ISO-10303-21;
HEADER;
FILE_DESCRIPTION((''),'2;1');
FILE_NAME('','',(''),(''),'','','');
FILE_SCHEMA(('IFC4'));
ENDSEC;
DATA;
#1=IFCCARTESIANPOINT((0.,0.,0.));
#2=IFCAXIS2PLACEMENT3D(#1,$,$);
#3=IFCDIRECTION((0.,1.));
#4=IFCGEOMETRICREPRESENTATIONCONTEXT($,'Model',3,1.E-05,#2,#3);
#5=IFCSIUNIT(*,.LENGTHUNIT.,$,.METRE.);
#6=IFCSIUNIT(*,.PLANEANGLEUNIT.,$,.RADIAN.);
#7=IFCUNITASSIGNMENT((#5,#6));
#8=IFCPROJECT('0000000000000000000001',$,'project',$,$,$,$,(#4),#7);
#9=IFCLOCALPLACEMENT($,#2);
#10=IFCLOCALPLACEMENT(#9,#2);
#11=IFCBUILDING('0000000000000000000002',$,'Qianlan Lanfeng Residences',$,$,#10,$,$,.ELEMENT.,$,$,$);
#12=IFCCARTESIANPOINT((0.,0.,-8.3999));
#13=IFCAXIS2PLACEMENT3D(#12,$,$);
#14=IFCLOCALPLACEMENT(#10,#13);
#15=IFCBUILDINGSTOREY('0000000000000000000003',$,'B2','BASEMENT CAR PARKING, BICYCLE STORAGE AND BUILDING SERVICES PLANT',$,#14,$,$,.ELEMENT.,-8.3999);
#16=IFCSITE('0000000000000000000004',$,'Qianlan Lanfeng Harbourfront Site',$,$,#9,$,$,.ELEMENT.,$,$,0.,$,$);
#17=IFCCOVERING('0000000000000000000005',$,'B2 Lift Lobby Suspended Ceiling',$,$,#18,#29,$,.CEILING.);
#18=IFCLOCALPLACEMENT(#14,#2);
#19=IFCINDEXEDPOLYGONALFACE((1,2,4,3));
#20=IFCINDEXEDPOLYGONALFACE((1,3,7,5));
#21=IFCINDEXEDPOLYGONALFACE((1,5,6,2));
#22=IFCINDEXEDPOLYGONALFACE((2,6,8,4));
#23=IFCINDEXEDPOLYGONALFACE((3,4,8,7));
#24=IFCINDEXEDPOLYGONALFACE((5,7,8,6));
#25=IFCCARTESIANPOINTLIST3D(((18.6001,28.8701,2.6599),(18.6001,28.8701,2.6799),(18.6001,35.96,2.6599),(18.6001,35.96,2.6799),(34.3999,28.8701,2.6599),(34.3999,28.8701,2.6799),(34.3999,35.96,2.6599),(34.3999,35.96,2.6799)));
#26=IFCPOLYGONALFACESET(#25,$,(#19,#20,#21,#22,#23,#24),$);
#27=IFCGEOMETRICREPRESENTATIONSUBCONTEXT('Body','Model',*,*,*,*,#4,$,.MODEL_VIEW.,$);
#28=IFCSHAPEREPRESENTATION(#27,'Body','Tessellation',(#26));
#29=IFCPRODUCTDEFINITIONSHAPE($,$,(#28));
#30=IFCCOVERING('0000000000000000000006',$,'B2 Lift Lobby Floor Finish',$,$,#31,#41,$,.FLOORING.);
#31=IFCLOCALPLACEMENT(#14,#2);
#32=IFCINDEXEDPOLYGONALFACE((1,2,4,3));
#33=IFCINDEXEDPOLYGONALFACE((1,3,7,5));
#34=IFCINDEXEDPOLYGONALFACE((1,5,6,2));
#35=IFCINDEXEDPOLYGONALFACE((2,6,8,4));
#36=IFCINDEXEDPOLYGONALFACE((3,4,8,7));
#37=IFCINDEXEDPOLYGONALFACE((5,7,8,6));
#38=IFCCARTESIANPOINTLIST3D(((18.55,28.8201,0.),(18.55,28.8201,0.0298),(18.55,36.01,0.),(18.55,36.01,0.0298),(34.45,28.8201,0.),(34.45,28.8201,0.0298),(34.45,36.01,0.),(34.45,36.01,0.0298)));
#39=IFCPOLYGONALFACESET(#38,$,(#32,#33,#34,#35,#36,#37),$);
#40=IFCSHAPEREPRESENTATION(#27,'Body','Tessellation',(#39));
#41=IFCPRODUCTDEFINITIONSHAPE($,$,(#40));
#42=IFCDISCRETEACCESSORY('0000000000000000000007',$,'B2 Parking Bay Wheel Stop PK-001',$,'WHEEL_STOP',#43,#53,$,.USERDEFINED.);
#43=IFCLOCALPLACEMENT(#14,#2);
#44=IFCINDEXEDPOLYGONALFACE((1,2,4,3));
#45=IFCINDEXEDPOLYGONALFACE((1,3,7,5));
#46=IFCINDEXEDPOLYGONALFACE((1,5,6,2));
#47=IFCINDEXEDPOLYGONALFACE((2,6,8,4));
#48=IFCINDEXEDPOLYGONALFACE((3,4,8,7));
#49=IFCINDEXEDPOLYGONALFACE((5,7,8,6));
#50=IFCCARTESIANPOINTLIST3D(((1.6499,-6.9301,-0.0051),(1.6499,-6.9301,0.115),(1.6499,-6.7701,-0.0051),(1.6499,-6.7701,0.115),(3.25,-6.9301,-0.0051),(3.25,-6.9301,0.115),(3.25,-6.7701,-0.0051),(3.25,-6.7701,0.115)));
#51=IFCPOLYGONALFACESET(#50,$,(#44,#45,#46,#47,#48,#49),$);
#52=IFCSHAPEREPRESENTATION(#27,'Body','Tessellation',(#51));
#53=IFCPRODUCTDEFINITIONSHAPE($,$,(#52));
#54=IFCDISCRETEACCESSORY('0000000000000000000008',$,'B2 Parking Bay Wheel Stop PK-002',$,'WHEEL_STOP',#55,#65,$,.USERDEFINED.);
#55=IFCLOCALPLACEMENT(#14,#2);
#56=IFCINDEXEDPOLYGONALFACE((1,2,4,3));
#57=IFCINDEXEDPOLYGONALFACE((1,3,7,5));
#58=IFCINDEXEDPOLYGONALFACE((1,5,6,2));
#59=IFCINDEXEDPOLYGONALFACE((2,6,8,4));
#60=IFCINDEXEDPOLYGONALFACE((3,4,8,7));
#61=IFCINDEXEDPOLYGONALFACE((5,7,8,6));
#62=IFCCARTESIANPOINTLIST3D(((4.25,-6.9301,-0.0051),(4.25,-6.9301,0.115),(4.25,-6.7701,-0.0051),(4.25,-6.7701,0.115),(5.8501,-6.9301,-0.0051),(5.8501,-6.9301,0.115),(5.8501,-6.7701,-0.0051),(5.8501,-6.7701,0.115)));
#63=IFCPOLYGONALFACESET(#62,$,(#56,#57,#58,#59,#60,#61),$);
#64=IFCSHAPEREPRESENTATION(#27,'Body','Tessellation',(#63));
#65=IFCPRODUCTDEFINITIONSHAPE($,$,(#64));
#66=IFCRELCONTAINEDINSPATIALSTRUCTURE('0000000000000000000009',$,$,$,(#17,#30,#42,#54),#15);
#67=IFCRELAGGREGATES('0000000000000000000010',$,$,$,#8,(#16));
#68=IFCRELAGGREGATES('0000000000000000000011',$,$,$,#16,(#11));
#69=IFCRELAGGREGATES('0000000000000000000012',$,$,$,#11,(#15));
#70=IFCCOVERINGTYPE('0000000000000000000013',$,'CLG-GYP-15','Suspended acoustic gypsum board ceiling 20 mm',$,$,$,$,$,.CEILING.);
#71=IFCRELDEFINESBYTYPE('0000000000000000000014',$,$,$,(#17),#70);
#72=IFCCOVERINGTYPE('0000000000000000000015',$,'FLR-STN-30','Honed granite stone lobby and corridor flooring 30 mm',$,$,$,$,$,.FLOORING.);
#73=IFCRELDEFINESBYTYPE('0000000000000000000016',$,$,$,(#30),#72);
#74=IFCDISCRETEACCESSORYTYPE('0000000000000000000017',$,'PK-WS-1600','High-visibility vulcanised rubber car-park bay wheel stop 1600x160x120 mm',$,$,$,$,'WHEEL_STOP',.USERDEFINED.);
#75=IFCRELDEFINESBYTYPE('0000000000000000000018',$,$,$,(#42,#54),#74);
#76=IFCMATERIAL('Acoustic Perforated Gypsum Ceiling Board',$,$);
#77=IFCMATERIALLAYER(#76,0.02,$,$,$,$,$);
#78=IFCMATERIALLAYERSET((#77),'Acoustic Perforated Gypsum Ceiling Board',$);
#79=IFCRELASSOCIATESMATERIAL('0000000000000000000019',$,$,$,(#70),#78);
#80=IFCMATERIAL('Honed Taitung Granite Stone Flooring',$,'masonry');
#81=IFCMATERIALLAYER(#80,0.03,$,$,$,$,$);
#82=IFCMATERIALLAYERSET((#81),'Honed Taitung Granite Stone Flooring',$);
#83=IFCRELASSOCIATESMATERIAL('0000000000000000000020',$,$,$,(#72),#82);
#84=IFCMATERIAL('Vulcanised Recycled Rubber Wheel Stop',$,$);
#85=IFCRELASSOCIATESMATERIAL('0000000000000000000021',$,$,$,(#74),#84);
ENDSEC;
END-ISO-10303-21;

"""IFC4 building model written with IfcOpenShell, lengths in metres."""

from ifc_helpers import new_model, si_unit, direction, frame, origin, origin_2d, place, context, subcontext, project, spatial, polyline, rectangle, outline, extrude, source, transform, mapped, material, layer, layer_set, type_object, element, save


model = new_model("IFC4")

# Units and contexts
model_context = context("Model", 3, precision=1e-05, world=origin(), true_north=direction((0.0, 1.0)))
body_context = subcontext(model_context, "Body", "Model", "MODEL_VIEW")
ifc_project = project(units=[si_unit("LENGTHUNIT", "METRE"), si_unit("PLANEANGLEUNIT", "RADIAN")], contexts=[model_context])

# Site, building, storey
site_placement = place(None, origin())
site = spatial("IfcSite", under=ifc_project, at=site_placement, Name="Qianlan Lanfeng Harbourfront Site", CompositionType="ELEMENT", RefElevation=0.0)
building_placement = place(site_placement, origin())
building = spatial("IfcBuilding", under=site, at=building_placement, Name="Qianlan Lanfeng Residences", CompositionType="ELEMENT")
storey_placement = place(building_placement, frame((0.0, 0.0, -8.3999)))
storey = spatial("IfcBuildingStorey", under=building, at=storey_placement, Name="B2", Description="BASEMENT CAR PARKING, BICYCLE STORAGE AND BUILDING SERVICES PLANT", CompositionType="ELEMENT", Elevation=-8.3999)

# Coverings
ifc_material_1 = material(Name="Acoustic Perforated Gypsum Ceiling Board")
ifc_layer_1 = layer(ifc_material_1, 0.02)
ifc_layer_set_1 = layer_set([ifc_layer_1], Name="Acoustic Perforated Gypsum Ceiling Board")
covering_type_1 = type_object("IfcCoveringType", Name="CLG-GYP-15", Description="Suspended acoustic gypsum board ceiling 20 mm", PredefinedType="CEILING", material=ifc_layer_set_1)
covering_1_placement = place(storey_placement, frame((0.0, 0.0, 2.6599)))
element("IfcCovering", 1, at=covering_1_placement, inside=storey, type_object=covering_type_1, Name="B2 Lift Lobby Suspended Ceiling", PredefinedType="CEILING", context=body_context, shape_type="SweptSolid", body=[
    extrude(outline(polyline([(18.6001, 28.8701), (34.3999, 28.8701), (34.3999, 35.96), (18.6001, 35.96), (18.6001, 28.8701)])), origin(), (0.0, 0.0, 1.0), 0.02),
])
ifc_material_2 = material(Name="Honed Taitung Granite Stone Flooring", Category="masonry")
ifc_layer_2 = layer(ifc_material_2, 0.03)
ifc_layer_set_2 = layer_set([ifc_layer_2], Name="Honed Taitung Granite Stone Flooring")
covering_type_2 = type_object("IfcCoveringType", Name="FLR-STN-30", Description="Honed granite stone lobby and corridor flooring 30 mm", PredefinedType="FLOORING", material=ifc_layer_set_2)
covering_2_placement = place(storey_placement, origin())
element("IfcCovering", 2, at=covering_2_placement, inside=storey, type_object=covering_type_2, Name="B2 Lift Lobby Floor Finish", PredefinedType="FLOORING", context=body_context, shape_type="SweptSolid", body=[
    extrude(outline(polyline([(18.55, 28.8201), (34.45, 28.8201), (34.45, 36.01), (18.55, 36.01), (18.55, 28.8201)])), origin(), (0.0, 0.0, 1.0), 0.0298),
])

# Discrete accessories
ifc_material_3 = material(Name="Vulcanised Recycled Rubber Wheel Stop")
discrete_accessory_type = type_object("IfcDiscreteAccessoryType", Name="PK-WS-1600", Description="High-visibility vulcanised rubber car-park bay wheel stop 1600x160x120 mm", ElementType="WHEEL_STOP", PredefinedType="USERDEFINED", material=ifc_material_3)
shared_shape = source(origin(), body_context, "Body", "SweptSolid", [
    extrude(rectangle(XDim=1.6001, YDim=0.1599, at=origin_2d()), origin(), (0.0, 0.0, 1.0), 0.1201),
])
for number, where, z_axis, x_axis, name in (
    (3, (2.45, -6.8501, -0.0051), (0.0, 0.0, 1.0), (1.0, 0.0, 0.0), "B2 Parking Bay Wheel Stop PK-001"),
    (4, (5.05, -6.8501, -0.0051), (0.0, 0.0, 1.0), (1.0, 0.0, 0.0), "B2 Parking Bay Wheel Stop PK-002"),
):
    element("IfcDiscreteAccessory", number, at=place(storey_placement, frame(where, z_axis=z_axis, x_axis=x_axis)), inside=storey, type_object=discrete_accessory_type, Name=name, ObjectType="WHEEL_STOP", PredefinedType="USERDEFINED", context=body_context, shape_type="MappedRepresentation", body=[
        mapped(shared_shape, transform((0.0, 0.0, 0.0), scale=1.0)),
    ])

save(model, "model.ifc")
